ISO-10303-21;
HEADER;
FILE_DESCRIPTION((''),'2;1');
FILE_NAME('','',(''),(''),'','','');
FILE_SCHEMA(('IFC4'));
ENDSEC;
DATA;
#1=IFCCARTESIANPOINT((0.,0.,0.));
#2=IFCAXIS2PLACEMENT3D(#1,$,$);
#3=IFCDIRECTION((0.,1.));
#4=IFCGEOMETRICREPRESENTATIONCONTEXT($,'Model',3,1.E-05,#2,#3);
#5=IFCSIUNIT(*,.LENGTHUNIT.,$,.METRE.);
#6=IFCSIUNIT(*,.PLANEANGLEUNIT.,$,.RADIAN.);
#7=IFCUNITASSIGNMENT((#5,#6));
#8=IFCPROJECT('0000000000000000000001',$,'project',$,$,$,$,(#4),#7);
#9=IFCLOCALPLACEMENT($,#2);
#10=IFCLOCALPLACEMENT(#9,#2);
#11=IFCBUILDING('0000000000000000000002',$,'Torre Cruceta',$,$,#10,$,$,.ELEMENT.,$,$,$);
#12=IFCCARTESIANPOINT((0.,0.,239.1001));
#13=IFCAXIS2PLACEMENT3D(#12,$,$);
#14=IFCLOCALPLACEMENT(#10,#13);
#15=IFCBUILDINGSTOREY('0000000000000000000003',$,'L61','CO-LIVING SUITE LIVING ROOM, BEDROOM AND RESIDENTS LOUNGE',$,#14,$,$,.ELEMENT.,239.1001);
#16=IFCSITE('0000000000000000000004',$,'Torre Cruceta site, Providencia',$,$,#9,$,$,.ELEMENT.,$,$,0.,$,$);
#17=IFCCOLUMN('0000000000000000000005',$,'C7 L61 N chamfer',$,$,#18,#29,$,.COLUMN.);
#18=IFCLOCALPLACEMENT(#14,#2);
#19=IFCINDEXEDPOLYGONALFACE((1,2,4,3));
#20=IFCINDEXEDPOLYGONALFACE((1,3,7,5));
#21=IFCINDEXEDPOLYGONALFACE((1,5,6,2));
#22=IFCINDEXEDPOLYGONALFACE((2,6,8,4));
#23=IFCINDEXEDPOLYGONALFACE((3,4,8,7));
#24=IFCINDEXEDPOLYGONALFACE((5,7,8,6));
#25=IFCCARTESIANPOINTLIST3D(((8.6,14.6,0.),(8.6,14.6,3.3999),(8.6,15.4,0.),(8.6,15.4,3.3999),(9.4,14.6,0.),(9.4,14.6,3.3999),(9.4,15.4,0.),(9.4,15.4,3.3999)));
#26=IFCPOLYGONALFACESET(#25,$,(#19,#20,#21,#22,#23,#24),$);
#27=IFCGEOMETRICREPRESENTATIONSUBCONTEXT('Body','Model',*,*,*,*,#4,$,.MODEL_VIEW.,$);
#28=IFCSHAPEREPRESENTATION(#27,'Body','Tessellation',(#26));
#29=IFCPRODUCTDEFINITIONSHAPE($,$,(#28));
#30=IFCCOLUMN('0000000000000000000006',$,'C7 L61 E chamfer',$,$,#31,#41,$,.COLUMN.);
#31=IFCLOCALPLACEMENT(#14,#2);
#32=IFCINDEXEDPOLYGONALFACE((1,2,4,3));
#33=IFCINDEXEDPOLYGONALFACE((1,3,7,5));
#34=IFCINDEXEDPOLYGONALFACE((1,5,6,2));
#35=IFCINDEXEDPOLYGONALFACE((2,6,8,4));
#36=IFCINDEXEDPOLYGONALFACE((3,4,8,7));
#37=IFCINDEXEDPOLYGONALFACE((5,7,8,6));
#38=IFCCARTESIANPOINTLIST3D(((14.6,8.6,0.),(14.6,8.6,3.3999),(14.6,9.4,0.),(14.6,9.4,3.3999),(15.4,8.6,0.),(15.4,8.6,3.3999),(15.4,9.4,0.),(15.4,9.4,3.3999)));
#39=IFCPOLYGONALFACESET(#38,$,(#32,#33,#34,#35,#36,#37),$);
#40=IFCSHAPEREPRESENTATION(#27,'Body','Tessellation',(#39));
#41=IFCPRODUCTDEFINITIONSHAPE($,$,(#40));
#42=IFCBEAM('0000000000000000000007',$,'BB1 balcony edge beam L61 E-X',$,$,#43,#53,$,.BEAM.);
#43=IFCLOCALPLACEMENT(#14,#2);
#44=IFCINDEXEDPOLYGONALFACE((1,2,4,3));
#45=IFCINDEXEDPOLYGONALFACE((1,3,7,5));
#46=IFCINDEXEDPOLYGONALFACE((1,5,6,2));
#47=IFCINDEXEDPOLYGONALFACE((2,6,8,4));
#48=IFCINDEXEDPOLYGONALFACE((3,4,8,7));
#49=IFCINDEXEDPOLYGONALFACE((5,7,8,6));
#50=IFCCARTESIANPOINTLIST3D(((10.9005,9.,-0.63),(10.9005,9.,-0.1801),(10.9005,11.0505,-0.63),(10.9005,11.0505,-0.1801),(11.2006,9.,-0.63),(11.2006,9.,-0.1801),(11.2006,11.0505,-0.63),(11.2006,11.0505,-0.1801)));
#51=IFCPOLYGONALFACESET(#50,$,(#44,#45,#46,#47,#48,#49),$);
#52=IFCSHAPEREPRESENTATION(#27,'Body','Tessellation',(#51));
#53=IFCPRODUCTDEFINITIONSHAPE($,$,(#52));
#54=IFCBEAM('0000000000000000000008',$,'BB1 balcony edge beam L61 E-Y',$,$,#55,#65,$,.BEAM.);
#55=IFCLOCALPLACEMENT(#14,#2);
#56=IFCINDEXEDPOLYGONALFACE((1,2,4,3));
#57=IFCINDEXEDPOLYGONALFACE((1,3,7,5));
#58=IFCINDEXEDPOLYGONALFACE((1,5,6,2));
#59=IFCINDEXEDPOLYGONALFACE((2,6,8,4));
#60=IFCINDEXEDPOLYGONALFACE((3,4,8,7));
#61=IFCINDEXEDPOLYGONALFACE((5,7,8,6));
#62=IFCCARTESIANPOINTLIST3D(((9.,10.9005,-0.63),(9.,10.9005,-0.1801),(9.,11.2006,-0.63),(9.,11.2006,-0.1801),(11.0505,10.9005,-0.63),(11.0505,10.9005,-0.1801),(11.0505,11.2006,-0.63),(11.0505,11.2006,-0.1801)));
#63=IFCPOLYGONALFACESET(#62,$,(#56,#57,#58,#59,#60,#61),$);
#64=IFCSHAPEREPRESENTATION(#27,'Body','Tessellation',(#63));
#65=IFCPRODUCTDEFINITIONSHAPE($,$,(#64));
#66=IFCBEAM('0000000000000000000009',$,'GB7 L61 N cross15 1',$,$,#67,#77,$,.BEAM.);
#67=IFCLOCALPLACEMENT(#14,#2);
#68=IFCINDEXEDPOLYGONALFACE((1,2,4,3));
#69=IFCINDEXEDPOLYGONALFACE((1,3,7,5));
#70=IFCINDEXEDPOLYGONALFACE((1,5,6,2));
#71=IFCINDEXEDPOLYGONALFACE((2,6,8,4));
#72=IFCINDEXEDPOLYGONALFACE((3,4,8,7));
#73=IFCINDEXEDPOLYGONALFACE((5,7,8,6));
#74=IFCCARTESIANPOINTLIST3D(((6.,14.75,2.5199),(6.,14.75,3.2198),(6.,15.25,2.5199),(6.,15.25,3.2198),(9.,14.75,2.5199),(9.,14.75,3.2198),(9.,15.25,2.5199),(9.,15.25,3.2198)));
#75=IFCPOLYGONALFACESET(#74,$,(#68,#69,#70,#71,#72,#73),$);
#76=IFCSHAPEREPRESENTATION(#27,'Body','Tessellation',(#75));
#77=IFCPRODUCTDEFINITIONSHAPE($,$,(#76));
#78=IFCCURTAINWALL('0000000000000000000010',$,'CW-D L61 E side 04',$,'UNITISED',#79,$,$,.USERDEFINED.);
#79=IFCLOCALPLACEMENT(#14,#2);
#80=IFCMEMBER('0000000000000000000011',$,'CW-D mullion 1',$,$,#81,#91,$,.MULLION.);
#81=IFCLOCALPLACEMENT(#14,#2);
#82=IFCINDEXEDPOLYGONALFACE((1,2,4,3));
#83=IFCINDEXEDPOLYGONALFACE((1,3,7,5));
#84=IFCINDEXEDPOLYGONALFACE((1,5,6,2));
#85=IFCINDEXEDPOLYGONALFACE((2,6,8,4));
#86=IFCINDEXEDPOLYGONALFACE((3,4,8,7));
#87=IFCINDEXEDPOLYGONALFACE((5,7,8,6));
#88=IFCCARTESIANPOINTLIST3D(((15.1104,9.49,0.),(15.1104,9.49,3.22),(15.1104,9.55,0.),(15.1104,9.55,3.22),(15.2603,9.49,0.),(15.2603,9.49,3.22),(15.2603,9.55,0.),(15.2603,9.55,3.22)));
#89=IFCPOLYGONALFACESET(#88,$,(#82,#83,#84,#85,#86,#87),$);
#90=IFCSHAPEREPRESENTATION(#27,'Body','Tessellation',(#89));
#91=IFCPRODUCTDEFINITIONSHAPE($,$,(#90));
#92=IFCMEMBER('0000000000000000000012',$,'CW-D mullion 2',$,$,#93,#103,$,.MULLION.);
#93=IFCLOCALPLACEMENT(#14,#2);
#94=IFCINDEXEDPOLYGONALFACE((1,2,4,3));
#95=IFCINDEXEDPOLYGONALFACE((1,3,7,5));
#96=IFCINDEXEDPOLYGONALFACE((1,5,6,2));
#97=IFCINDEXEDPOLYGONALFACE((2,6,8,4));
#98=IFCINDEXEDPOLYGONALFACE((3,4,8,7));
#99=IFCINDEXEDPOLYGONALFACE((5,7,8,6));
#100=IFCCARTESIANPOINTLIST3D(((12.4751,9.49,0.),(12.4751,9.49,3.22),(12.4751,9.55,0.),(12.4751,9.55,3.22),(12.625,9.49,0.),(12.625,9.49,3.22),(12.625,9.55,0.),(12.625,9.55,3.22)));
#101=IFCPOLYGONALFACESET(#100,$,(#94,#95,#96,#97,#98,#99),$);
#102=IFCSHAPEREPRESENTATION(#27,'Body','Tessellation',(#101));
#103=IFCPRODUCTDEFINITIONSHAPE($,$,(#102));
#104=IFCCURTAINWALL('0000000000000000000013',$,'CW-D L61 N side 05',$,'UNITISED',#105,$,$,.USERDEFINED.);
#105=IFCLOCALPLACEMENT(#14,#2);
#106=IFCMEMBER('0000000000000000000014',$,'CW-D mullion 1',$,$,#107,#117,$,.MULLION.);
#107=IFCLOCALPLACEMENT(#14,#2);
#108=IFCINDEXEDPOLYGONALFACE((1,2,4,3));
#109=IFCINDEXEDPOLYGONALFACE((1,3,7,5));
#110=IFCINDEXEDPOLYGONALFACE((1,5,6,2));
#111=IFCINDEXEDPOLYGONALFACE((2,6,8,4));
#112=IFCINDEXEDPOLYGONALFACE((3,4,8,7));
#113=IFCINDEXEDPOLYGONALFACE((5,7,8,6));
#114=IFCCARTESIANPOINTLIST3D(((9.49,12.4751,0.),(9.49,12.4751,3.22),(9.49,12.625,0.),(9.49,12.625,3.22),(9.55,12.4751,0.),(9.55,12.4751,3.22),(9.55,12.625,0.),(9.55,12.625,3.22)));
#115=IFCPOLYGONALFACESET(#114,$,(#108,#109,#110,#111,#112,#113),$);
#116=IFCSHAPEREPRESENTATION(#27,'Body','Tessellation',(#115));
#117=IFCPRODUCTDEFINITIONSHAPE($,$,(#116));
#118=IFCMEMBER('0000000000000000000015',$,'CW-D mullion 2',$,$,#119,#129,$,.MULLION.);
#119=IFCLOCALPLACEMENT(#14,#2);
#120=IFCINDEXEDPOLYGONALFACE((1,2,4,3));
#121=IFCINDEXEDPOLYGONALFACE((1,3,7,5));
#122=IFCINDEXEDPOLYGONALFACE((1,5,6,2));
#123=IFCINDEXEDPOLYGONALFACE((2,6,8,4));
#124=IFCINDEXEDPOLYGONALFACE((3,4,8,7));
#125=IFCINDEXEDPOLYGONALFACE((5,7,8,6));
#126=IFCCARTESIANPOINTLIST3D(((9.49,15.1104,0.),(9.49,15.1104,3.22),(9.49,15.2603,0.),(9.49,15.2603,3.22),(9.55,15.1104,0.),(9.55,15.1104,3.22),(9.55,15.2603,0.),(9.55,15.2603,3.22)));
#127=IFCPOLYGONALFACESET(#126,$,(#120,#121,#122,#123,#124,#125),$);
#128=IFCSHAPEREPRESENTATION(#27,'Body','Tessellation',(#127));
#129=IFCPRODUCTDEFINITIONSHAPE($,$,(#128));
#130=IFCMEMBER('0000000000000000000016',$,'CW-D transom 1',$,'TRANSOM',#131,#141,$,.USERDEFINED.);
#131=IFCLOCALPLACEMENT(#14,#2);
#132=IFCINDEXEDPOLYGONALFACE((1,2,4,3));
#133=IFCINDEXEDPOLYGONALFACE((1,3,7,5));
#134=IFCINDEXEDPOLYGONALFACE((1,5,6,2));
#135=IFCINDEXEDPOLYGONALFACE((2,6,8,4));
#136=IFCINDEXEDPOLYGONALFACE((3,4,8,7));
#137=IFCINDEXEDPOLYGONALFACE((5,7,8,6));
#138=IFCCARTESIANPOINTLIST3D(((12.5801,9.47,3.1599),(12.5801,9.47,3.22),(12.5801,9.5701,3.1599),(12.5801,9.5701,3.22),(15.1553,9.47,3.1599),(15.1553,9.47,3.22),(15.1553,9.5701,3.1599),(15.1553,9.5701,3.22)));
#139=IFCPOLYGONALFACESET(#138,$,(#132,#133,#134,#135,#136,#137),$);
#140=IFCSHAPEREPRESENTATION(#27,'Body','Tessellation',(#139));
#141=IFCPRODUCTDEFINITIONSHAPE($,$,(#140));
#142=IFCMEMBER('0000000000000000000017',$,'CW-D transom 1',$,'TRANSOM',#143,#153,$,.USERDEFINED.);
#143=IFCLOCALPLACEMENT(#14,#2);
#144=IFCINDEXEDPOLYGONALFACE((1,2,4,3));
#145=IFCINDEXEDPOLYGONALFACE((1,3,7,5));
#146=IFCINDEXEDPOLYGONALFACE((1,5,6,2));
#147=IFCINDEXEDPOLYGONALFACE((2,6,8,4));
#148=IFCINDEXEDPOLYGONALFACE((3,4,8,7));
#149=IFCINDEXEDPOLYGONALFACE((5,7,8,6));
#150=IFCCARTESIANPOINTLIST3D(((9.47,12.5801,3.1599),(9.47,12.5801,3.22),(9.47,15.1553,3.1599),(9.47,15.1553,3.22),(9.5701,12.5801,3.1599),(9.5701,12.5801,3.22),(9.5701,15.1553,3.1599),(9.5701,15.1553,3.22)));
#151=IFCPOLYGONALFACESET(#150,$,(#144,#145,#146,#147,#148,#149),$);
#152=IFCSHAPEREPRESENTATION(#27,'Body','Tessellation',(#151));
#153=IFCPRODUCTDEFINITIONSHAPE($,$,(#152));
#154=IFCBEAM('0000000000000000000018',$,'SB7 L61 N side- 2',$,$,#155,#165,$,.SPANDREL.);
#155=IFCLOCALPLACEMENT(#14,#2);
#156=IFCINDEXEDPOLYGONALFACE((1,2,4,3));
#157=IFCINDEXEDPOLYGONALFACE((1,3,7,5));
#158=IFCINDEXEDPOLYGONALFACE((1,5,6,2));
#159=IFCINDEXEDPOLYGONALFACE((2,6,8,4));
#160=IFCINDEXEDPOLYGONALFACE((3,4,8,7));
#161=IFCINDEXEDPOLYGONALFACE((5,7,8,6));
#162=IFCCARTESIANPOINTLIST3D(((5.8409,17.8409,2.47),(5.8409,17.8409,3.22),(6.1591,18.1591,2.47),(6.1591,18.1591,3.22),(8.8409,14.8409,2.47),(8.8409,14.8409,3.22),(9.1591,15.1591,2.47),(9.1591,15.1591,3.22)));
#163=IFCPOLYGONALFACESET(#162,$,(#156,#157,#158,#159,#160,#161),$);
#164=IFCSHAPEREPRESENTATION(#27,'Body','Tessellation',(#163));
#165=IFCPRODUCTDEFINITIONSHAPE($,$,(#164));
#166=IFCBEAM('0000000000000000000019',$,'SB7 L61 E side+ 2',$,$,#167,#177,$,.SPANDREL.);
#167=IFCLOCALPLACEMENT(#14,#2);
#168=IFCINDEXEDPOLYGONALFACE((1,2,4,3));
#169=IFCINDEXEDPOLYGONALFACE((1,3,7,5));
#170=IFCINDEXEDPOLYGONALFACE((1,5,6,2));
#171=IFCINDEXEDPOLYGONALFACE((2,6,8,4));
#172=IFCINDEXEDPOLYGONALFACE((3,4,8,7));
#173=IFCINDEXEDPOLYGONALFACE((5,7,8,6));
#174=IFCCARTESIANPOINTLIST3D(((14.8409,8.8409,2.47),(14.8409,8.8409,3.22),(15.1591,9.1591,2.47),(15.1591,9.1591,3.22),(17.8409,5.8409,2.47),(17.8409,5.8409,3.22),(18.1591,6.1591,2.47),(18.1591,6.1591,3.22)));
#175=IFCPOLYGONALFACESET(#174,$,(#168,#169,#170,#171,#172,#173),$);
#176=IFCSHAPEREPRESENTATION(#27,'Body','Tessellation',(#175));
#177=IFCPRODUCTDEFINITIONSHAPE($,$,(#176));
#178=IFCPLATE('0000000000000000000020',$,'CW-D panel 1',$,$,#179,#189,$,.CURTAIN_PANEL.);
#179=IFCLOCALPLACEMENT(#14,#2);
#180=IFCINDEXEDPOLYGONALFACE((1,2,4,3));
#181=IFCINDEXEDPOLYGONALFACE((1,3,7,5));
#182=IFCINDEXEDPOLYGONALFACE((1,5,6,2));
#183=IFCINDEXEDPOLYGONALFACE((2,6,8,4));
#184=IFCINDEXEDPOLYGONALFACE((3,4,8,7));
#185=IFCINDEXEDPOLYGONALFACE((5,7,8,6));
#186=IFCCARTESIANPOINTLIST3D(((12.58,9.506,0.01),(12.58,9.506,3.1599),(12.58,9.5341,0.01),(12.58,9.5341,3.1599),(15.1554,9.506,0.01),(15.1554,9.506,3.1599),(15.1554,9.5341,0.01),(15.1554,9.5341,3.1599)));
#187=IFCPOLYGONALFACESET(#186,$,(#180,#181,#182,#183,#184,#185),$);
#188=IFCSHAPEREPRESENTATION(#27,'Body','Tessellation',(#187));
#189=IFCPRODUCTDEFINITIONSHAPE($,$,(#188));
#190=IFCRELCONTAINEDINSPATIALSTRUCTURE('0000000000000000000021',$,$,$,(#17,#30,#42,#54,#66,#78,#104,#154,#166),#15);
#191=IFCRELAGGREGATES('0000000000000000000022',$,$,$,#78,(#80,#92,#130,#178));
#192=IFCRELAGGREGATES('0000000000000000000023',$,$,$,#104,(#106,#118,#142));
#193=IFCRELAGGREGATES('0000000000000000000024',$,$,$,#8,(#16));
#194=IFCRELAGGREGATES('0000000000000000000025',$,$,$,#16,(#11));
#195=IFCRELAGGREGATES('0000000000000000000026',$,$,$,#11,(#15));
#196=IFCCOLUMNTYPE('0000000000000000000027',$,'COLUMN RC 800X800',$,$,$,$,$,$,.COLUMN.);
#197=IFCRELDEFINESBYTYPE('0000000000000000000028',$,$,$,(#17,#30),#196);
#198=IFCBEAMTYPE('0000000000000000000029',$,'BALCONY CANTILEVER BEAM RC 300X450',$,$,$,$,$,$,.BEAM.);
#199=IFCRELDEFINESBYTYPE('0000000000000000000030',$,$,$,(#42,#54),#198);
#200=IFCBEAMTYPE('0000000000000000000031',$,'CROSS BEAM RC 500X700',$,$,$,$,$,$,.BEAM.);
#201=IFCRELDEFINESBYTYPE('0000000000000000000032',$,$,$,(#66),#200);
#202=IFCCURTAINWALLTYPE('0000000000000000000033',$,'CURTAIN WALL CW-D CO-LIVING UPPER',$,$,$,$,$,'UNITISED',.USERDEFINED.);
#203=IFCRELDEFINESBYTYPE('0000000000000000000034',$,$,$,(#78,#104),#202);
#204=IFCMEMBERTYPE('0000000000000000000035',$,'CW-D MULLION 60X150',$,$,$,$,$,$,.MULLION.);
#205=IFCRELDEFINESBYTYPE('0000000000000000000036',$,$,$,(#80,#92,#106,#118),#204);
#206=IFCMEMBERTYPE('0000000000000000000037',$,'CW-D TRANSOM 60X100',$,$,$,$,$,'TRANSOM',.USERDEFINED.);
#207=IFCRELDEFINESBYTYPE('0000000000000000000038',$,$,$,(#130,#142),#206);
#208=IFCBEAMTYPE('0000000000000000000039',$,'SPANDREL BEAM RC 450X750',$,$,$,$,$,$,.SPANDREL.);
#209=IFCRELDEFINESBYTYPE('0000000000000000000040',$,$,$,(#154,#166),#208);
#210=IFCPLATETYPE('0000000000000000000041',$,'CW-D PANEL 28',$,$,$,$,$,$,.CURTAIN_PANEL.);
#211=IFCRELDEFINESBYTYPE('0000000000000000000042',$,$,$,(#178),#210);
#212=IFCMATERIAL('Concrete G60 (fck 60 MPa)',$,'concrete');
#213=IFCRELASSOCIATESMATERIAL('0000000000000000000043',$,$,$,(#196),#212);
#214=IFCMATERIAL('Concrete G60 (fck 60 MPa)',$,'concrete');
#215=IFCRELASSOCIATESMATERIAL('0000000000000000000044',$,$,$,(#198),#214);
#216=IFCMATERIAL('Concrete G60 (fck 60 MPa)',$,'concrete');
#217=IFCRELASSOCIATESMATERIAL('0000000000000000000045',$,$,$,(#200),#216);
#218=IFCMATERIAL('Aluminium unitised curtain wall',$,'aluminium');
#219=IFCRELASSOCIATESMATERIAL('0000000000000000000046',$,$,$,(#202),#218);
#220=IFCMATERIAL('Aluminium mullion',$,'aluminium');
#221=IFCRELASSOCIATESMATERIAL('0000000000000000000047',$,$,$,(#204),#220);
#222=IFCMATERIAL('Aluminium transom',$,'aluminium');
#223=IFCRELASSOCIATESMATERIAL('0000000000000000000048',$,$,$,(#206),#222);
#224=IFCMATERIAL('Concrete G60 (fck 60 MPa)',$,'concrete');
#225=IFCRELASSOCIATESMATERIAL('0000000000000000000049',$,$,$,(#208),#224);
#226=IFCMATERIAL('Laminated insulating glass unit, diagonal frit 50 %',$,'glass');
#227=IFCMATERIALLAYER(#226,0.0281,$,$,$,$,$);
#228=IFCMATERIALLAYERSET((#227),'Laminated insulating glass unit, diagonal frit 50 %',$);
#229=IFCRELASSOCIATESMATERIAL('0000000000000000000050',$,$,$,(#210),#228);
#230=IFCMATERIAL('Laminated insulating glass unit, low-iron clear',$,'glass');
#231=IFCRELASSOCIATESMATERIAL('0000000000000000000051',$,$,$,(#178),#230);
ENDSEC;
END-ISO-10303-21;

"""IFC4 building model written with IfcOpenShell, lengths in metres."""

from ifc_helpers import new_model, si_unit, direction, frame, origin, origin_2d, place, context, subcontext, project, spatial, rectangle, extrude, material, layer, layer_set, material_profile, profile_set, type_object, element, aggregate, save


model = new_model("IFC4")

# Units and contexts
model_context = context("Model", 3, precision=1e-05, world=origin(), true_north=direction((0.0, 1.0)))
body_context = subcontext(model_context, "Body", "Model", "MODEL_VIEW")
ifc_project = project(units=[si_unit("LENGTHUNIT", "METRE"), si_unit("PLANEANGLEUNIT", "RADIAN")], contexts=[model_context])

# Site, building, storey
site_placement = place(None, origin())
site = spatial("IfcSite", under=ifc_project, at=site_placement, Name="Torre Cruceta site, Providencia", CompositionType="ELEMENT", RefElevation=0.0)
building_placement = place(site_placement, origin())
building = spatial("IfcBuilding", under=site, at=building_placement, Name="Torre Cruceta", CompositionType="ELEMENT")
storey_placement = place(building_placement, frame((0.0, 0.0, 239.1001)))
storey = spatial("IfcBuildingStorey", under=building, at=storey_placement, Name="L61", Description="CO-LIVING SUITE LIVING ROOM, BEDROOM AND RESIDENTS LOUNGE", CompositionType="ELEMENT", Elevation=239.1001)

# Columns
ifc_material_1 = material(Name="Concrete G60 (fck 60 MPa)", Category="concrete")
ifc_material_profile_1 = material_profile(ifc_material_1, rectangle(XDim=0.8, YDim=0.8, at=origin_2d()), Name="RC 800X800")
ifc_profile_set_1 = profile_set([ifc_material_profile_1], Name="Concrete G60 (fck 60 MPa)")
column_type = type_object("IfcColumnType", Name="COLUMN RC 800X800", PredefinedType="COLUMN", material=ifc_profile_set_1)
for number, where, z_axis, x_axis, name in (
    (1, (9.0, 15.0, 0.0), (0.0, 0.0, 1.0), (1.0, 0.0, 0.0), "C7 L61 N chamfer"),
    (2, (15.0, 9.0, 0.0), (0.0, 0.0, 1.0), (1.0, 0.0, 0.0), "C7 L61 E chamfer"),
):
    element("IfcColumn", number, at=place(storey_placement, frame(where, z_axis=z_axis, x_axis=x_axis)), inside=storey, type_object=column_type, Name=name, PredefinedType="COLUMN", context=body_context, shape_type="SweptSolid", body=[
        extrude(rectangle(XDim=0.8, YDim=0.8, at=origin_2d()), origin(), (0.0, 0.0, 1.0), 3.3999),
    ])

# Beams
ifc_material_2 = material(Name="Concrete G60 (fck 60 MPa)", Category="concrete")
ifc_material_profile_2 = material_profile(ifc_material_2, rectangle(XDim=0.3, YDim=0.45, at=origin_2d()), Name="RC 300X450")
ifc_profile_set_2 = profile_set([ifc_material_profile_2], Name="Concrete G60 (fck 60 MPa)")
beam_type_1 = type_object("IfcBeamType", Name="BALCONY CANTILEVER BEAM RC 300X450", PredefinedType="BEAM", material=ifc_profile_set_2)
for number, where, z_axis, x_axis, name in (
    (3, (11.0505, 9.0, -0.405), (0.0, 1.0, 0.0), (-1.0, 0.0, 0.0), "BB1 balcony edge beam L61 E-X"),
    (4, (9.0, 11.0505, -0.405), (1.0, 0.0, 0.0), (0.0, 1.0, 0.0), "BB1 balcony edge beam L61 E-Y"),
):
    element("IfcBeam", number, at=place(storey_placement, frame(where, z_axis=z_axis, x_axis=x_axis)), inside=storey, type_object=beam_type_1, Name=name, PredefinedType="BEAM", context=body_context, shape_type="SweptSolid", body=[
        extrude(rectangle(XDim=0.3, YDim=0.45, at=origin_2d()), origin(), (0.0, 0.0, 1.0), 2.0505),
    ])
ifc_material_3 = material(Name="Concrete G60 (fck 60 MPa)", Category="concrete")
ifc_material_profile_3 = material_profile(ifc_material_3, rectangle(XDim=0.5, YDim=0.7, at=origin_2d()), Name="RC 500X700")
ifc_profile_set_3 = profile_set([ifc_material_profile_3], Name="Concrete G60 (fck 60 MPa)")
beam_type_2 = type_object("IfcBeamType", Name="CROSS BEAM RC 500X700", PredefinedType="BEAM", material=ifc_profile_set_3)
beam_placement = place(storey_placement, frame((9.0, 15.0, 2.8699), z_axis=(-1.0, 0.0, 0.0), x_axis=(0.0, -1.0, 0.0)))
element("IfcBeam", 5, at=beam_placement, inside=storey, type_object=beam_type_2, Name="GB7 L61 N cross15 1", PredefinedType="BEAM", context=body_context, shape_type="SweptSolid", body=[
    extrude(rectangle(XDim=0.5, YDim=0.7, at=origin_2d()), origin(), (0.0, 0.0, 1.0), 3.0),
])

# Curtain walls, members
ifc_material_4 = material(Name="Aluminium unitised curtain wall", Category="aluminium")
curtain_wall_type = type_object("IfcCurtainWallType", Name="CURTAIN WALL CW-D CO-LIVING UPPER", ElementType="UNITISED", PredefinedType="USERDEFINED", material=ifc_material_4)
curtain_wall_1_placement = place(storey_placement, origin())
curtain_wall_1 = element("IfcCurtainWall", 6, at=curtain_wall_1_placement, inside=storey, type_object=curtain_wall_type, Name="CW-D L61 E side 04", ObjectType="UNITISED", PredefinedType="USERDEFINED")
ifc_material_5 = material(Name="Aluminium mullion", Category="aluminium")
ifc_material_profile_4 = material_profile(ifc_material_5, rectangle(XDim=0.0601, YDim=0.1499, at=origin_2d()), Name="AL 60X150")
ifc_profile_set_4 = profile_set([ifc_material_profile_4], Name="Aluminium mullion")
member_type_1 = type_object("IfcMemberType", Name="CW-D MULLION 60X150", PredefinedType="MULLION", material=ifc_profile_set_4)
member_1_placement = place(storey_placement, frame((15.1853, 9.52, 0.0), z_axis=(0.0, 0.0, 1.0), x_axis=(0.0, -1.0, 0.0)))
member_1 = element("IfcMember", 7, at=member_1_placement, type_object=member_type_1, Name="CW-D mullion 1", PredefinedType="MULLION", context=body_context, shape_type="SweptSolid", body=[
    extrude(rectangle(XDim=0.0601, YDim=0.1499, at=origin_2d()), origin(), (0.0, 0.0, 1.0), 3.22),
])
member_2_placement = place(storey_placement, frame((12.55, 9.52, 0.0), z_axis=(0.0, 0.0, 1.0), x_axis=(0.0, -1.0, 0.0)))
member_2 = element("IfcMember", 8, at=member_2_placement, type_object=member_type_1, Name="CW-D mullion 2", PredefinedType="MULLION", context=body_context, shape_type="SweptSolid", body=[
    extrude(rectangle(XDim=0.0601, YDim=0.1499, at=origin_2d()), origin(), (0.0, 0.0, 1.0), 3.22),
])
curtain_wall_2_placement = place(storey_placement, origin())
curtain_wall_2 = element("IfcCurtainWall", 9, at=curtain_wall_2_placement, inside=storey, type_object=curtain_wall_type, Name="CW-D L61 N side 05", ObjectType="UNITISED", PredefinedType="USERDEFINED")
member_3_placement = place(storey_placement, frame((9.52, 12.55, 0.0), z_axis=(0.0, 0.0, 1.0), x_axis=(-1.0, 0.0, 0.0)))
member_3 = element("IfcMember", 10, at=member_3_placement, type_object=member_type_1, Name="CW-D mullion 1", PredefinedType="MULLION", context=body_context, shape_type="SweptSolid", body=[
    extrude(rectangle(XDim=0.0601, YDim=0.1499, at=origin_2d()), origin(), (0.0, 0.0, 1.0), 3.22),
])
member_4_placement = place(storey_placement, frame((9.52, 15.1853, 0.0), z_axis=(0.0, 0.0, 1.0), x_axis=(-1.0, 0.0, 0.0)))
member_4 = element("IfcMember", 11, at=member_4_placement, type_object=member_type_1, Name="CW-D mullion 2", PredefinedType="MULLION", context=body_context, shape_type="SweptSolid", body=[
    extrude(rectangle(XDim=0.0601, YDim=0.1499, at=origin_2d()), origin(), (0.0, 0.0, 1.0), 3.22),
])

# Members
ifc_material_6 = material(Name="Aluminium transom", Category="aluminium")
ifc_material_profile_5 = material_profile(ifc_material_6, rectangle(XDim=0.1001, YDim=0.0601, at=origin_2d()), Name="AL 100X60")
ifc_profile_set_5 = profile_set([ifc_material_profile_5], Name="Aluminium transom")
member_type_2 = type_object("IfcMemberType", Name="CW-D TRANSOM 60X100", ElementType="TRANSOM", PredefinedType="USERDEFINED", material=ifc_profile_set_5)
member_5_placement = place(storey_placement, frame((15.1553, 9.52, 3.1899), z_axis=(-1.0, 0.0, 0.0), x_axis=(0.0, -1.0, 0.0)))
member_5 = element("IfcMember", 12, at=member_5_placement, type_object=member_type_2, Name="CW-D transom 1", ObjectType="TRANSOM", PredefinedType="USERDEFINED", context=body_context, shape_type="SweptSolid", body=[
    extrude(rectangle(XDim=0.1001, YDim=0.0601, at=origin_2d()), origin(), (0.0, 0.0, 1.0), 2.5752),
])
member_6_placement = place(storey_placement, frame((9.52, 12.5801, 3.1899), z_axis=(0.0, 1.0, 0.0), x_axis=(-1.0, 0.0, 0.0)))
member_6 = element("IfcMember", 13, at=member_6_placement, type_object=member_type_2, Name="CW-D transom 1", ObjectType="TRANSOM", PredefinedType="USERDEFINED", context=body_context, shape_type="SweptSolid", body=[
    extrude(rectangle(XDim=0.1001, YDim=0.0601, at=origin_2d()), origin(), (0.0, 0.0, 1.0), 2.5752),
])

# Beams
ifc_material_7 = material(Name="Concrete G60 (fck 60 MPa)", Category="concrete")
ifc_material_profile_6 = material_profile(ifc_material_7, rectangle(XDim=0.45, YDim=0.75, at=origin_2d()), Name="RC 450X750")
ifc_profile_set_6 = profile_set([ifc_material_profile_6], Name="Concrete G60 (fck 60 MPa)")
beam_type_3 = type_object("IfcBeamType", Name="SPANDREL BEAM RC 450X750", PredefinedType="SPANDREL", material=ifc_profile_set_6)
for number, where, z_axis, x_axis, name in (
    (14, (9.0, 15.0, 2.845), (-0.707107, 0.707107, 0.0), (-0.707107, -0.707107, 0.0), "SB7 L61 N side- 2"),
    (15, (15.0, 9.0, 2.845), (0.707107, -0.707107, 0.0), (0.707107, 0.707107, 0.0), "SB7 L61 E side+ 2"),
):
    element("IfcBeam", number, at=place(storey_placement, frame(where, z_axis=z_axis, x_axis=x_axis)), inside=storey, type_object=beam_type_3, Name=name, PredefinedType="SPANDREL", context=body_context, shape_type="SweptSolid", body=[
        extrude(rectangle(XDim=0.45, YDim=0.75, at=origin_2d()), origin(), (0.0, 0.0, 1.0), 4.2427),
    ])

# Plate
ifc_material_8 = material(Name="Laminated insulating glass unit, low-iron clear", Category="glass")
ifc_material_9 = material(Name="Laminated insulating glass unit, diagonal frit 50 %", Category="glass")
ifc_layer_1 = layer(ifc_material_9, 0.0281)
ifc_layer_set_1 = layer_set([ifc_layer_1], Name="Laminated insulating glass unit, diagonal frit 50 %")
plate_type = type_object("IfcPlateType", Name="CW-D PANEL 28", PredefinedType="CURTAIN_PANEL", material=ifc_layer_set_1)
plate_1_placement = place(storey_placement, frame((13.8677, 9.52, 0.01), z_axis=(0.0, 0.0, 1.0), x_axis=(-1.0, 0.0, 0.0)))
plate_1 = element("IfcPlate", 16, at=plate_1_placement, type_object=plate_type, material=ifc_material_8, Name="CW-D panel 1", PredefinedType="CURTAIN_PANEL", context=body_context, shape_type="SweptSolid", body=[
    extrude(rectangle(XDim=2.5754, YDim=0.0281, at=origin_2d()), origin(), (0.0, 0.0, 1.0), 3.1499),
])
aggregate(curtain_wall_1, [member_1, member_2, member_5, plate_1])
aggregate(curtain_wall_2, [member_3, member_4, member_6])

save(model, "model.ifc")
